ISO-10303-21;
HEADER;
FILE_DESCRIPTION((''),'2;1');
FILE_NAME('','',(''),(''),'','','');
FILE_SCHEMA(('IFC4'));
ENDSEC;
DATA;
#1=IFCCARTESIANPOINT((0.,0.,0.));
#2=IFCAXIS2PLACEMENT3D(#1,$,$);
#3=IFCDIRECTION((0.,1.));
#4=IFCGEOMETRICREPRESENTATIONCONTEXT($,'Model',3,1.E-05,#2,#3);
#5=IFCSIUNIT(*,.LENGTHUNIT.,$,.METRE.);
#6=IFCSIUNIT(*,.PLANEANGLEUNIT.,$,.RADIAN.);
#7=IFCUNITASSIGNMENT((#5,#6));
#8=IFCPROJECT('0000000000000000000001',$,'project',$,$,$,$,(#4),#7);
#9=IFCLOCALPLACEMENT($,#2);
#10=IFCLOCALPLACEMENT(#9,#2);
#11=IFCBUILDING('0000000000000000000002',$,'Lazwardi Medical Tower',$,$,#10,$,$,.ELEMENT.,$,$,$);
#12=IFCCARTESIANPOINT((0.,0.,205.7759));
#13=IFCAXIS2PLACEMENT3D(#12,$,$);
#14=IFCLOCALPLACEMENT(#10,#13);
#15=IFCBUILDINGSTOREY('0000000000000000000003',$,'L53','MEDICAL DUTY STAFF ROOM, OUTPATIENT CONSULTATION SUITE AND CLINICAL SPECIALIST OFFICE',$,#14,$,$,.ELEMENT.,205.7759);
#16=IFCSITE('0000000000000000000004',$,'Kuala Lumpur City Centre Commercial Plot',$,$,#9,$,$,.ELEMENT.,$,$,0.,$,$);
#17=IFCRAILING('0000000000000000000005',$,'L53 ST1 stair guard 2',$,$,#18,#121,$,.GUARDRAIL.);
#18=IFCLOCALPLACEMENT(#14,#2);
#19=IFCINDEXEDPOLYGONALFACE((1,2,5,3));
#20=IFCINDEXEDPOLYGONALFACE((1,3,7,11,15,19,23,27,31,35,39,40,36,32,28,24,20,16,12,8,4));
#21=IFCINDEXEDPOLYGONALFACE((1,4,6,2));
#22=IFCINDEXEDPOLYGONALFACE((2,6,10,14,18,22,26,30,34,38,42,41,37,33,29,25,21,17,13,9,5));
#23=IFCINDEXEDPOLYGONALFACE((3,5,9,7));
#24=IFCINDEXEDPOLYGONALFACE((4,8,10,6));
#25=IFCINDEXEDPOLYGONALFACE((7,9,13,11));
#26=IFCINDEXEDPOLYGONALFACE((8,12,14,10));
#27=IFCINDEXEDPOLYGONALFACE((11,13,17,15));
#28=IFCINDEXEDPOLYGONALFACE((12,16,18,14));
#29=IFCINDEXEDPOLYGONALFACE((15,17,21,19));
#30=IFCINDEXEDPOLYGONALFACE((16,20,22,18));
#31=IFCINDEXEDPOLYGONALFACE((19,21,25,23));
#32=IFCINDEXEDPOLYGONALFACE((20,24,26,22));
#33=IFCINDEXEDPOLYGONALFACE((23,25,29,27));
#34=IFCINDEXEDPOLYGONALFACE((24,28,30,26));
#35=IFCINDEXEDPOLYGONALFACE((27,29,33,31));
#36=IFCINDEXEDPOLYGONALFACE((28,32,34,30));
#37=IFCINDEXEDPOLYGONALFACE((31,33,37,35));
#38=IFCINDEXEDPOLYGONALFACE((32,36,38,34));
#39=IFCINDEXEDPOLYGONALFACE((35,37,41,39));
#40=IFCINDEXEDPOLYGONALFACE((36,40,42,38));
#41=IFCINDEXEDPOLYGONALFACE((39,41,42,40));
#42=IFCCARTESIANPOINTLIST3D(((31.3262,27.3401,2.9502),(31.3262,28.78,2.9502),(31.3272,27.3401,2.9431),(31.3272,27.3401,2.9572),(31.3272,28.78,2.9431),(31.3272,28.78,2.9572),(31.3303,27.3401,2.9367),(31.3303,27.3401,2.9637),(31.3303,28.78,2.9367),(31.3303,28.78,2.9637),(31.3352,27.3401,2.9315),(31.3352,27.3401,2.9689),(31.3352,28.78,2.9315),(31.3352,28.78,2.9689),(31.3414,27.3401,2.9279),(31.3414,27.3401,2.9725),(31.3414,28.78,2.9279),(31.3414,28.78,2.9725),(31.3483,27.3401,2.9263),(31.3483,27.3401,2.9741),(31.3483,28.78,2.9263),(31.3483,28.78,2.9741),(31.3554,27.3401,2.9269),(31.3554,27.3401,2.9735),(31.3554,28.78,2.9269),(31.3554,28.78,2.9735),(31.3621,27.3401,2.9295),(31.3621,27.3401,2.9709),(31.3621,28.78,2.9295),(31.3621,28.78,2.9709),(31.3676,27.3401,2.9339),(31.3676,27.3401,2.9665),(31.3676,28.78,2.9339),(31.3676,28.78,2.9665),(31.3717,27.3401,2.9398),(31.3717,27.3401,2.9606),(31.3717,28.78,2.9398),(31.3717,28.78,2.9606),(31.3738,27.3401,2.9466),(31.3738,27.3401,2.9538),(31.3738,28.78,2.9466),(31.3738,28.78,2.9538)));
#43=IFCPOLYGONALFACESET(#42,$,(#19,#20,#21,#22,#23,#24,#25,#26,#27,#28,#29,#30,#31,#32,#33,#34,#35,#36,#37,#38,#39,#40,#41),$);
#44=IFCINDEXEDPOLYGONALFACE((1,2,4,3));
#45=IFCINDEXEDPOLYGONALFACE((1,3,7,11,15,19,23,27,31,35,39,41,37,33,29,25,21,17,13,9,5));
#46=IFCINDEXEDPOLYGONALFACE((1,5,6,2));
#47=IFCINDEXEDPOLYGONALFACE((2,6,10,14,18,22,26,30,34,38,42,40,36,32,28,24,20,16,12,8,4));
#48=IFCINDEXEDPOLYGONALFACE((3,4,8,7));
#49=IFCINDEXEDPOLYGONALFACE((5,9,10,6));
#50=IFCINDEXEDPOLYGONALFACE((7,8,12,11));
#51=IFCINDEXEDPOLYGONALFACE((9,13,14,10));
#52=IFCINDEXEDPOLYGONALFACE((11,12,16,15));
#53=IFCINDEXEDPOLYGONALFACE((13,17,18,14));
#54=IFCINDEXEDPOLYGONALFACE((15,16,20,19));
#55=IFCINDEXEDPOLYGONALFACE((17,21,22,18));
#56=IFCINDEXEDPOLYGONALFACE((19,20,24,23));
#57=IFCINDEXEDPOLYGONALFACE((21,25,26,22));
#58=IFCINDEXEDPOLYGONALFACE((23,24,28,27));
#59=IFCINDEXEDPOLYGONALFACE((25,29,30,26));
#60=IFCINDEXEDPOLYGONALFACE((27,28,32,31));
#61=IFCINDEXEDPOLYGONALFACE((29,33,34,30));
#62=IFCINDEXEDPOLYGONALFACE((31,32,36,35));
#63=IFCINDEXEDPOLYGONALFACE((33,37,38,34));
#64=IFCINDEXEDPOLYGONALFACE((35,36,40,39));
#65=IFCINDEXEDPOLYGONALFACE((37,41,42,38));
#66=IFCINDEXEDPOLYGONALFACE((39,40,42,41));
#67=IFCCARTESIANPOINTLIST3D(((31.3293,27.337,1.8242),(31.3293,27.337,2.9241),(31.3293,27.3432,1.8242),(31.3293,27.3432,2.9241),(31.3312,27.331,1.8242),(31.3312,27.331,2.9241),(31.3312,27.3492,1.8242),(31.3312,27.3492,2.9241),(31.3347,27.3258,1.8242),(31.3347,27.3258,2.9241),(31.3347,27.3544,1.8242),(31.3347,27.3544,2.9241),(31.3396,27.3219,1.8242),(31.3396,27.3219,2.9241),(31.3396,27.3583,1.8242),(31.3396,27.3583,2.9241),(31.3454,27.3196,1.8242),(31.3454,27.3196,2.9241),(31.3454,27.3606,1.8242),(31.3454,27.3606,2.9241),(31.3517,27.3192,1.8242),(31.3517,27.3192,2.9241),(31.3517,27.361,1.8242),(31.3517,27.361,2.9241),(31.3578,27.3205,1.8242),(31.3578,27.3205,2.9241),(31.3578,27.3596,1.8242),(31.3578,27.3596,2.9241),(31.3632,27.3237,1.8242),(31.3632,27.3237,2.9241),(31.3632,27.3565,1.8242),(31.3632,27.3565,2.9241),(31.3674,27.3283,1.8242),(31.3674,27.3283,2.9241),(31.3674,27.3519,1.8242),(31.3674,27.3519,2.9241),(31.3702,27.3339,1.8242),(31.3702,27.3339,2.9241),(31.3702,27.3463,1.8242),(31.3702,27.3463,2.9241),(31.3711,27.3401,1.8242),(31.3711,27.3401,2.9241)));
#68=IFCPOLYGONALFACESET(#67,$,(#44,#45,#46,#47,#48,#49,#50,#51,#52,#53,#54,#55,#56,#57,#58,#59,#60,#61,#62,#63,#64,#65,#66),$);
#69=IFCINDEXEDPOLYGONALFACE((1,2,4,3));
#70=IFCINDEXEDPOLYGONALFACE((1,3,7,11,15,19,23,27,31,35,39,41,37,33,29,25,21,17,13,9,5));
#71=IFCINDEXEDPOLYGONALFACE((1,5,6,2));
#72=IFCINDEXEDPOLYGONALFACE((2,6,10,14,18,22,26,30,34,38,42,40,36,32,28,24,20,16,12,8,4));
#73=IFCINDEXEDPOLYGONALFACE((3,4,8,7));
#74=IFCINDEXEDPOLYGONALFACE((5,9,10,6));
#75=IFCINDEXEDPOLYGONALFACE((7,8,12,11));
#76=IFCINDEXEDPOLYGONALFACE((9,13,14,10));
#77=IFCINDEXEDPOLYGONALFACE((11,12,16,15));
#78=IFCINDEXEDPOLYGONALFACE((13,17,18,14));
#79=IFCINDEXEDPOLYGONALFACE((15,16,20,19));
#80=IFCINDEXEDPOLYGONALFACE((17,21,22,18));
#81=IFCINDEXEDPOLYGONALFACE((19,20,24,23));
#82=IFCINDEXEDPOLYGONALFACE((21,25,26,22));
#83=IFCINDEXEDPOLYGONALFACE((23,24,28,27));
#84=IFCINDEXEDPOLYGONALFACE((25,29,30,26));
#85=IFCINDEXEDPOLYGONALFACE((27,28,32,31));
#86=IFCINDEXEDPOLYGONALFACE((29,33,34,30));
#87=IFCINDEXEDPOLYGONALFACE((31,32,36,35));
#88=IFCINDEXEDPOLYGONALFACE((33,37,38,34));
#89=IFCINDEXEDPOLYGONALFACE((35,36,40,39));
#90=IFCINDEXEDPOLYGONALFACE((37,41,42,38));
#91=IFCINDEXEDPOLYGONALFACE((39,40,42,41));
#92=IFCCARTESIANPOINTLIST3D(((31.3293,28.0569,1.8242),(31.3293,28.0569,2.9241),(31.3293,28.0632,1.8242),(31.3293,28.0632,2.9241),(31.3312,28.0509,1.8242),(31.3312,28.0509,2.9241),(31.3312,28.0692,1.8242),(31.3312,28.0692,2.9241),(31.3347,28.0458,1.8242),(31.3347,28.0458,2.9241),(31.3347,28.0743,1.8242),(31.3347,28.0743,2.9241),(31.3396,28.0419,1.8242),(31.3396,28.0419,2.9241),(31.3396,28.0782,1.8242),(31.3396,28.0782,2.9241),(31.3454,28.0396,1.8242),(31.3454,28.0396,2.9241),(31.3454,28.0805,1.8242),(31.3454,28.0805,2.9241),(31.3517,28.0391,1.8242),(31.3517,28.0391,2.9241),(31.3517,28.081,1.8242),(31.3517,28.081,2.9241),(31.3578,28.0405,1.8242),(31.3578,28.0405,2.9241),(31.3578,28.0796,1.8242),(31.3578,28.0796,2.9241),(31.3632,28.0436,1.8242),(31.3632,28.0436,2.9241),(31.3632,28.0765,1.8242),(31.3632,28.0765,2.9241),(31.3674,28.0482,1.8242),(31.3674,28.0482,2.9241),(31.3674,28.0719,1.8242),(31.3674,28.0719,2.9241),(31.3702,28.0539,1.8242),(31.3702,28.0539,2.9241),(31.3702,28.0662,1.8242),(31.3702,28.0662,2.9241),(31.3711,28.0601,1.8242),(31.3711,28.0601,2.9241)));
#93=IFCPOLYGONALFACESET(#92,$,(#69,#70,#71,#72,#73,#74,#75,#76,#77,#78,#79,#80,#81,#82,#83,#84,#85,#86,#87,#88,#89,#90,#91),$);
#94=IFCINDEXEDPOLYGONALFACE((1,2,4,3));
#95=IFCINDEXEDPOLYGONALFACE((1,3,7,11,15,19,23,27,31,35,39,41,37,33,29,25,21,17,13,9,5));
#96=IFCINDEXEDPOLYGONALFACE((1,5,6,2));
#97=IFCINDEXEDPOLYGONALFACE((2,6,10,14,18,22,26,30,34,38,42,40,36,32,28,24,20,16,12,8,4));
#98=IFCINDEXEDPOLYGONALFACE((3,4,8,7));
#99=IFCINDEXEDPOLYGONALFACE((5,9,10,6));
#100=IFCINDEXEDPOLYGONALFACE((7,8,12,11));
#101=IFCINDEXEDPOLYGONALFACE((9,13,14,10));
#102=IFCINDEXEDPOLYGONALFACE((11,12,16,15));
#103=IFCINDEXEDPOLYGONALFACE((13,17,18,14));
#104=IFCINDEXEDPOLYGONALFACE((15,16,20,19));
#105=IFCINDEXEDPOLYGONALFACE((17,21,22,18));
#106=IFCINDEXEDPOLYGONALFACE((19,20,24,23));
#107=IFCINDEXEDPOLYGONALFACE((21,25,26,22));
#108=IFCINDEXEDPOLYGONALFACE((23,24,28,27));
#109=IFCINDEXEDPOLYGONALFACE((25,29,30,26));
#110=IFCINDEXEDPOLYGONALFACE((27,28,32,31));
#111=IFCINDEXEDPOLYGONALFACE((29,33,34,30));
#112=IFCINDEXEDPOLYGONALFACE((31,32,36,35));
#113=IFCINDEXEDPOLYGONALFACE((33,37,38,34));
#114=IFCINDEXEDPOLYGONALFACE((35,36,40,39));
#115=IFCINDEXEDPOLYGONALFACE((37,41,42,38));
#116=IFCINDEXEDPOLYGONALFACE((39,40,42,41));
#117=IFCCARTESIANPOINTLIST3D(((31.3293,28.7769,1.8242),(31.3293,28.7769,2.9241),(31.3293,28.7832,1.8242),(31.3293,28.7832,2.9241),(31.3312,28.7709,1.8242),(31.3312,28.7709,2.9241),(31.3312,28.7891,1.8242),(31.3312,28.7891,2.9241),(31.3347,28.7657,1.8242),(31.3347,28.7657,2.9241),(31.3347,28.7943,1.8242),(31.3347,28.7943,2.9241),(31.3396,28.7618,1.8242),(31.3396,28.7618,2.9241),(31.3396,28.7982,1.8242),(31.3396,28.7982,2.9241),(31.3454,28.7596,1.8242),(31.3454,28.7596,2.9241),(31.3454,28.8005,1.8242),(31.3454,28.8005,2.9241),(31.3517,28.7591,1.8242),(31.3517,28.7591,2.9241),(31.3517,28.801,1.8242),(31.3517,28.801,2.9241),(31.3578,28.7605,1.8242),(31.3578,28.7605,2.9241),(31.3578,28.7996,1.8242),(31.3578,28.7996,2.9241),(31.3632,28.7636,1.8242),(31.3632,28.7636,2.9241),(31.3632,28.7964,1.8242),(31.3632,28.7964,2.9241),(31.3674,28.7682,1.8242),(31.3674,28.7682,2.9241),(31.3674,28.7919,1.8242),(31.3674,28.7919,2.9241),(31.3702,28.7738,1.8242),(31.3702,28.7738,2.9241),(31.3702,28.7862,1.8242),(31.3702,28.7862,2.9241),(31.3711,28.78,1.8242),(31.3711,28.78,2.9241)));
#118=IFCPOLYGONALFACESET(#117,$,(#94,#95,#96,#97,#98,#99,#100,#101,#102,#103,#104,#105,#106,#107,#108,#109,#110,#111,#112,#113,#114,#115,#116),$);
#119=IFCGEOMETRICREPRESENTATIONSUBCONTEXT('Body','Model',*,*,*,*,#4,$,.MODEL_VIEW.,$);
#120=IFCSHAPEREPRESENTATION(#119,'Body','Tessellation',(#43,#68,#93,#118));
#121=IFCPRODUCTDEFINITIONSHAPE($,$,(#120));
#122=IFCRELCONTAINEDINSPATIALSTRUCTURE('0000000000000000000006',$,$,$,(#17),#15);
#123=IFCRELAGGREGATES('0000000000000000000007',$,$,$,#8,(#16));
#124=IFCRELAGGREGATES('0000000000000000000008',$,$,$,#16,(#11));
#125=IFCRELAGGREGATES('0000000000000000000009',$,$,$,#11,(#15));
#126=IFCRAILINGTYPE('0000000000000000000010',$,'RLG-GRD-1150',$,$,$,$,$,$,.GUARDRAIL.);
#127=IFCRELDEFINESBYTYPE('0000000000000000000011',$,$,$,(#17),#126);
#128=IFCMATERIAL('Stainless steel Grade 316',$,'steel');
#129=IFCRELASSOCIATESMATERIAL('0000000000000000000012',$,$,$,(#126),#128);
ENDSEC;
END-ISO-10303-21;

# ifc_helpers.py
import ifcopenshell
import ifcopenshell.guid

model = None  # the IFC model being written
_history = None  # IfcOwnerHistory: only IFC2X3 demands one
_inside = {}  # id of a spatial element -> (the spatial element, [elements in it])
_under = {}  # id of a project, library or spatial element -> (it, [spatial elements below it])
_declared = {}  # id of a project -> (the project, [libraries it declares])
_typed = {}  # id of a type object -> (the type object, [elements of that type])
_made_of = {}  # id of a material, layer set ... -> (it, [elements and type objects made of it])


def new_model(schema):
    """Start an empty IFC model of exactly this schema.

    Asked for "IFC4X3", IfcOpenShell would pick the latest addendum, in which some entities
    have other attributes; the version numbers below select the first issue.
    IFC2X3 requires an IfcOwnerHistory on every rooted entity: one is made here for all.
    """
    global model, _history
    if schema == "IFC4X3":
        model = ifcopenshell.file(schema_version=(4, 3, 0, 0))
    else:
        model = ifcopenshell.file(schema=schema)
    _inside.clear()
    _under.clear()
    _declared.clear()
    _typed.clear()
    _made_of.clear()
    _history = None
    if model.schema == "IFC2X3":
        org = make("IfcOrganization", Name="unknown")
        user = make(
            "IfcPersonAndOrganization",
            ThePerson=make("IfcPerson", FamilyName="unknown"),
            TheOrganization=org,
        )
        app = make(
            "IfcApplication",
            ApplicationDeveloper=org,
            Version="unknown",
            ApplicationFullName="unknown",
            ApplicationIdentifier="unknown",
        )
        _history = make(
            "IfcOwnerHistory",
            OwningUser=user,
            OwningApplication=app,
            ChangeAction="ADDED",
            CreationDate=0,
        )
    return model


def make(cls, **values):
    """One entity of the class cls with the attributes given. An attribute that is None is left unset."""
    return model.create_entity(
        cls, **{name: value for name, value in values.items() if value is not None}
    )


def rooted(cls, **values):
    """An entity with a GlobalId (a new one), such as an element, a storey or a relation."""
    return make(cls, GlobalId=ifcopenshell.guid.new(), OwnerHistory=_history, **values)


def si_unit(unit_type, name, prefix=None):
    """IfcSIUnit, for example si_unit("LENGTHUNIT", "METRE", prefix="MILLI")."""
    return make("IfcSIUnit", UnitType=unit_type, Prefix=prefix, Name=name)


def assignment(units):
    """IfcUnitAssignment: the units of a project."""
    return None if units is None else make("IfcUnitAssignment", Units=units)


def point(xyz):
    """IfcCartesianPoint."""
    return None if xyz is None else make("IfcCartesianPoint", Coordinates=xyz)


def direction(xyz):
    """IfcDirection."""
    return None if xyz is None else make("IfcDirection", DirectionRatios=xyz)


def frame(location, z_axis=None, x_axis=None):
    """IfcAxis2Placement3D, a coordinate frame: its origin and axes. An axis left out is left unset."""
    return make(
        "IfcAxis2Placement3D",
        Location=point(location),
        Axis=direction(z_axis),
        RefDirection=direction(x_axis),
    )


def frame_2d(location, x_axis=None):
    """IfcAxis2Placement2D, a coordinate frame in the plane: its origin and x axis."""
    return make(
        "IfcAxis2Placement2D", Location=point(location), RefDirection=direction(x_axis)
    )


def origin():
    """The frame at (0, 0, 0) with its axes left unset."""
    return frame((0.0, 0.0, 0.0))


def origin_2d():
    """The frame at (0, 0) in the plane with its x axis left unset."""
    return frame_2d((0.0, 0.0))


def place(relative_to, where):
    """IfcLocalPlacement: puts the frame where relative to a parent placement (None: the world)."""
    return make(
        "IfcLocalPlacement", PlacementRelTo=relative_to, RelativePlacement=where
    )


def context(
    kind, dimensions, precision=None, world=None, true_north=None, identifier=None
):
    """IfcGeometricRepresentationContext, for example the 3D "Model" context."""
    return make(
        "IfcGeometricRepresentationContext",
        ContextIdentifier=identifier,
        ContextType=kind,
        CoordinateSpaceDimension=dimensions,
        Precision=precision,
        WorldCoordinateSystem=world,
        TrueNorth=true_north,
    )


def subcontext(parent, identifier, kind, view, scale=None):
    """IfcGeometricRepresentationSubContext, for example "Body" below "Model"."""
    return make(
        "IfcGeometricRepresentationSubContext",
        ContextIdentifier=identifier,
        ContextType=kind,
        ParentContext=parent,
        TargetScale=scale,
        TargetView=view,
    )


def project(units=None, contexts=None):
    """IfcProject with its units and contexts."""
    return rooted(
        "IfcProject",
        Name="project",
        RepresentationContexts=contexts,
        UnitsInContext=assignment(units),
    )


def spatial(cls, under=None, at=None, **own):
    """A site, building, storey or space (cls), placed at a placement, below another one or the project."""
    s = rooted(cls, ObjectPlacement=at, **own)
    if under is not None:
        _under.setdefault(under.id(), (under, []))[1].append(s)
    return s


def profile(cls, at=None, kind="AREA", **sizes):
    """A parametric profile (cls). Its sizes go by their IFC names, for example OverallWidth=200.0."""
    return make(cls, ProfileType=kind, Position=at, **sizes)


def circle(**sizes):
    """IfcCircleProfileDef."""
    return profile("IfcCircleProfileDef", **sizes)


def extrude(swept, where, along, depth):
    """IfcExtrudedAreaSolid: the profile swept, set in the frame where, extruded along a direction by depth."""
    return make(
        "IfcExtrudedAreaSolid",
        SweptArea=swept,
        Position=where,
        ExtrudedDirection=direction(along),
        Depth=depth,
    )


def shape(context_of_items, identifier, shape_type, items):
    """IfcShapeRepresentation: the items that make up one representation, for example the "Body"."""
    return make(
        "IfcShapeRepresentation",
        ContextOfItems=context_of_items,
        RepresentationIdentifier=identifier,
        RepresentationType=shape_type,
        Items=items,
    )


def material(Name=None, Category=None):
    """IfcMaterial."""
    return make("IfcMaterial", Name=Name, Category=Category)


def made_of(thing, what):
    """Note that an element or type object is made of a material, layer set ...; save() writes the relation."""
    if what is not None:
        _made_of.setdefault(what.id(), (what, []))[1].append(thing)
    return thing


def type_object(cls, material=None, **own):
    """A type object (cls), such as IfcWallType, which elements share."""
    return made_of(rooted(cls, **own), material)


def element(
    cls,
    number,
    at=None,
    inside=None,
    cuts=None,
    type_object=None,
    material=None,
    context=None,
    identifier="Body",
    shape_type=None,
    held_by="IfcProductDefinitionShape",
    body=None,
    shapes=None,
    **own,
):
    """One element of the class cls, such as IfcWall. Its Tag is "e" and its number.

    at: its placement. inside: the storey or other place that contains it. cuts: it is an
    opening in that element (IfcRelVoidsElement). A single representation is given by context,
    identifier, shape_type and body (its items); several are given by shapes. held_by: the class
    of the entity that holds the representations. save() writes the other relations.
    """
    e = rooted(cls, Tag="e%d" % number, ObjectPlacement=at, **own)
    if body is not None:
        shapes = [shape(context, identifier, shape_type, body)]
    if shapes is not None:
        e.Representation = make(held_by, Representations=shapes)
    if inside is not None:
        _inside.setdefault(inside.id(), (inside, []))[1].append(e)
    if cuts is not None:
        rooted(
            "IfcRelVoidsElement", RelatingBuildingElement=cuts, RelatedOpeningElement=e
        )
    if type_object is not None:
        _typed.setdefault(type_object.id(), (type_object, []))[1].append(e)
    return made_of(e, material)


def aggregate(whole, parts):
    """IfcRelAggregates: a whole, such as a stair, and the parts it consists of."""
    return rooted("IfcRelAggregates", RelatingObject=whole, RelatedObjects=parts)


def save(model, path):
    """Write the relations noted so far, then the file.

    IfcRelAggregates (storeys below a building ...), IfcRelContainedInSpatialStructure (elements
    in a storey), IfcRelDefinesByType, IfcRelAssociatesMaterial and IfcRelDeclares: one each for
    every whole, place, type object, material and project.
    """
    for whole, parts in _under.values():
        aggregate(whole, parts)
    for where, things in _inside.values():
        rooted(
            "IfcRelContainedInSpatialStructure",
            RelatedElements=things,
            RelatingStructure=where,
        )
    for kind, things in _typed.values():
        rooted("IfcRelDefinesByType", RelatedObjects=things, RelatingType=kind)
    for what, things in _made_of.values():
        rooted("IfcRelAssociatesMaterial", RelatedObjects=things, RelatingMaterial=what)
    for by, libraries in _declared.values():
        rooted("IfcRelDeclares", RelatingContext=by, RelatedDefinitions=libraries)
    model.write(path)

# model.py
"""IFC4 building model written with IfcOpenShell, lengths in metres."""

from ifc_helpers import new_model, si_unit, direction, frame, origin, origin_2d, place, context, subcontext, project, spatial, circle, extrude, material, type_object, element, save


model = new_model("IFC4")

# Units and contexts
model_context = context("Model", 3, precision=1e-05, world=origin(), true_north=direction((0.0, 1.0)))
body_context = subcontext(model_context, "Body", "Model", "MODEL_VIEW")
ifc_project = project(units=[si_unit("LENGTHUNIT", "METRE"), si_unit("PLANEANGLEUNIT", "RADIAN")], contexts=[model_context])

# Site, building, storey
site_placement = place(None, origin())
site = spatial("IfcSite", under=ifc_project, at=site_placement, Name="Kuala Lumpur City Centre Commercial Plot", CompositionType="ELEMENT", RefElevation=0.0)
building_placement = place(site_placement, origin())
building = spatial("IfcBuilding", under=site, at=building_placement, Name="Lazwardi Medical Tower", CompositionType="ELEMENT")
storey_placement = place(building_placement, frame((0.0, 0.0, 205.7759)))
storey = spatial("IfcBuildingStorey", under=building, at=storey_placement, Name="L53", Description="MEDICAL DUTY STAFF ROOM, OUTPATIENT CONSULTATION SUITE AND CLINICAL SPECIALIST OFFICE", CompositionType="ELEMENT", Elevation=205.7759)

# Railing
ifc_material_1 = material(Name="Stainless steel Grade 316", Category="steel")
railing_type_1 = type_object("IfcRailingType", Name="RLG-GRD-1150", PredefinedType="GUARDRAIL", material=ifc_material_1)
railing_1_placement = place(storey_placement, frame((31.3501, 27.3401, 1.8242)))
element("IfcRailing", 1, at=railing_1_placement, inside=storey, type_object=railing_type_1, Name="L53 ST1 stair guard 2", PredefinedType="GUARDRAIL", context=body_context, shape_type="SweptSolid", body=[
    extrude(circle(Radius=0.0239, at=origin_2d()), frame((0.0, 0.0, 1.126), z_axis=(0.0, 1.0, 0.0), x_axis=(-1.0, 0.0, 0.0)), (0.0, 0.0, 1.0), 1.4399),
    extrude(circle(Radius=0.021, at=origin_2d()), origin(), (0.0, 0.0, 1.0), 1.0999),
    extrude(circle(Radius=0.021, at=origin_2d()), frame((0.0, 0.72, 0.0)), (0.0, 0.0, 1.0), 1.0999),
    extrude(circle(Radius=0.021, at=origin_2d()), frame((0.0, 1.4399, 0.0)), (0.0, 0.0, 1.0), 1.0999),
])

save(model, "model.ifc")
